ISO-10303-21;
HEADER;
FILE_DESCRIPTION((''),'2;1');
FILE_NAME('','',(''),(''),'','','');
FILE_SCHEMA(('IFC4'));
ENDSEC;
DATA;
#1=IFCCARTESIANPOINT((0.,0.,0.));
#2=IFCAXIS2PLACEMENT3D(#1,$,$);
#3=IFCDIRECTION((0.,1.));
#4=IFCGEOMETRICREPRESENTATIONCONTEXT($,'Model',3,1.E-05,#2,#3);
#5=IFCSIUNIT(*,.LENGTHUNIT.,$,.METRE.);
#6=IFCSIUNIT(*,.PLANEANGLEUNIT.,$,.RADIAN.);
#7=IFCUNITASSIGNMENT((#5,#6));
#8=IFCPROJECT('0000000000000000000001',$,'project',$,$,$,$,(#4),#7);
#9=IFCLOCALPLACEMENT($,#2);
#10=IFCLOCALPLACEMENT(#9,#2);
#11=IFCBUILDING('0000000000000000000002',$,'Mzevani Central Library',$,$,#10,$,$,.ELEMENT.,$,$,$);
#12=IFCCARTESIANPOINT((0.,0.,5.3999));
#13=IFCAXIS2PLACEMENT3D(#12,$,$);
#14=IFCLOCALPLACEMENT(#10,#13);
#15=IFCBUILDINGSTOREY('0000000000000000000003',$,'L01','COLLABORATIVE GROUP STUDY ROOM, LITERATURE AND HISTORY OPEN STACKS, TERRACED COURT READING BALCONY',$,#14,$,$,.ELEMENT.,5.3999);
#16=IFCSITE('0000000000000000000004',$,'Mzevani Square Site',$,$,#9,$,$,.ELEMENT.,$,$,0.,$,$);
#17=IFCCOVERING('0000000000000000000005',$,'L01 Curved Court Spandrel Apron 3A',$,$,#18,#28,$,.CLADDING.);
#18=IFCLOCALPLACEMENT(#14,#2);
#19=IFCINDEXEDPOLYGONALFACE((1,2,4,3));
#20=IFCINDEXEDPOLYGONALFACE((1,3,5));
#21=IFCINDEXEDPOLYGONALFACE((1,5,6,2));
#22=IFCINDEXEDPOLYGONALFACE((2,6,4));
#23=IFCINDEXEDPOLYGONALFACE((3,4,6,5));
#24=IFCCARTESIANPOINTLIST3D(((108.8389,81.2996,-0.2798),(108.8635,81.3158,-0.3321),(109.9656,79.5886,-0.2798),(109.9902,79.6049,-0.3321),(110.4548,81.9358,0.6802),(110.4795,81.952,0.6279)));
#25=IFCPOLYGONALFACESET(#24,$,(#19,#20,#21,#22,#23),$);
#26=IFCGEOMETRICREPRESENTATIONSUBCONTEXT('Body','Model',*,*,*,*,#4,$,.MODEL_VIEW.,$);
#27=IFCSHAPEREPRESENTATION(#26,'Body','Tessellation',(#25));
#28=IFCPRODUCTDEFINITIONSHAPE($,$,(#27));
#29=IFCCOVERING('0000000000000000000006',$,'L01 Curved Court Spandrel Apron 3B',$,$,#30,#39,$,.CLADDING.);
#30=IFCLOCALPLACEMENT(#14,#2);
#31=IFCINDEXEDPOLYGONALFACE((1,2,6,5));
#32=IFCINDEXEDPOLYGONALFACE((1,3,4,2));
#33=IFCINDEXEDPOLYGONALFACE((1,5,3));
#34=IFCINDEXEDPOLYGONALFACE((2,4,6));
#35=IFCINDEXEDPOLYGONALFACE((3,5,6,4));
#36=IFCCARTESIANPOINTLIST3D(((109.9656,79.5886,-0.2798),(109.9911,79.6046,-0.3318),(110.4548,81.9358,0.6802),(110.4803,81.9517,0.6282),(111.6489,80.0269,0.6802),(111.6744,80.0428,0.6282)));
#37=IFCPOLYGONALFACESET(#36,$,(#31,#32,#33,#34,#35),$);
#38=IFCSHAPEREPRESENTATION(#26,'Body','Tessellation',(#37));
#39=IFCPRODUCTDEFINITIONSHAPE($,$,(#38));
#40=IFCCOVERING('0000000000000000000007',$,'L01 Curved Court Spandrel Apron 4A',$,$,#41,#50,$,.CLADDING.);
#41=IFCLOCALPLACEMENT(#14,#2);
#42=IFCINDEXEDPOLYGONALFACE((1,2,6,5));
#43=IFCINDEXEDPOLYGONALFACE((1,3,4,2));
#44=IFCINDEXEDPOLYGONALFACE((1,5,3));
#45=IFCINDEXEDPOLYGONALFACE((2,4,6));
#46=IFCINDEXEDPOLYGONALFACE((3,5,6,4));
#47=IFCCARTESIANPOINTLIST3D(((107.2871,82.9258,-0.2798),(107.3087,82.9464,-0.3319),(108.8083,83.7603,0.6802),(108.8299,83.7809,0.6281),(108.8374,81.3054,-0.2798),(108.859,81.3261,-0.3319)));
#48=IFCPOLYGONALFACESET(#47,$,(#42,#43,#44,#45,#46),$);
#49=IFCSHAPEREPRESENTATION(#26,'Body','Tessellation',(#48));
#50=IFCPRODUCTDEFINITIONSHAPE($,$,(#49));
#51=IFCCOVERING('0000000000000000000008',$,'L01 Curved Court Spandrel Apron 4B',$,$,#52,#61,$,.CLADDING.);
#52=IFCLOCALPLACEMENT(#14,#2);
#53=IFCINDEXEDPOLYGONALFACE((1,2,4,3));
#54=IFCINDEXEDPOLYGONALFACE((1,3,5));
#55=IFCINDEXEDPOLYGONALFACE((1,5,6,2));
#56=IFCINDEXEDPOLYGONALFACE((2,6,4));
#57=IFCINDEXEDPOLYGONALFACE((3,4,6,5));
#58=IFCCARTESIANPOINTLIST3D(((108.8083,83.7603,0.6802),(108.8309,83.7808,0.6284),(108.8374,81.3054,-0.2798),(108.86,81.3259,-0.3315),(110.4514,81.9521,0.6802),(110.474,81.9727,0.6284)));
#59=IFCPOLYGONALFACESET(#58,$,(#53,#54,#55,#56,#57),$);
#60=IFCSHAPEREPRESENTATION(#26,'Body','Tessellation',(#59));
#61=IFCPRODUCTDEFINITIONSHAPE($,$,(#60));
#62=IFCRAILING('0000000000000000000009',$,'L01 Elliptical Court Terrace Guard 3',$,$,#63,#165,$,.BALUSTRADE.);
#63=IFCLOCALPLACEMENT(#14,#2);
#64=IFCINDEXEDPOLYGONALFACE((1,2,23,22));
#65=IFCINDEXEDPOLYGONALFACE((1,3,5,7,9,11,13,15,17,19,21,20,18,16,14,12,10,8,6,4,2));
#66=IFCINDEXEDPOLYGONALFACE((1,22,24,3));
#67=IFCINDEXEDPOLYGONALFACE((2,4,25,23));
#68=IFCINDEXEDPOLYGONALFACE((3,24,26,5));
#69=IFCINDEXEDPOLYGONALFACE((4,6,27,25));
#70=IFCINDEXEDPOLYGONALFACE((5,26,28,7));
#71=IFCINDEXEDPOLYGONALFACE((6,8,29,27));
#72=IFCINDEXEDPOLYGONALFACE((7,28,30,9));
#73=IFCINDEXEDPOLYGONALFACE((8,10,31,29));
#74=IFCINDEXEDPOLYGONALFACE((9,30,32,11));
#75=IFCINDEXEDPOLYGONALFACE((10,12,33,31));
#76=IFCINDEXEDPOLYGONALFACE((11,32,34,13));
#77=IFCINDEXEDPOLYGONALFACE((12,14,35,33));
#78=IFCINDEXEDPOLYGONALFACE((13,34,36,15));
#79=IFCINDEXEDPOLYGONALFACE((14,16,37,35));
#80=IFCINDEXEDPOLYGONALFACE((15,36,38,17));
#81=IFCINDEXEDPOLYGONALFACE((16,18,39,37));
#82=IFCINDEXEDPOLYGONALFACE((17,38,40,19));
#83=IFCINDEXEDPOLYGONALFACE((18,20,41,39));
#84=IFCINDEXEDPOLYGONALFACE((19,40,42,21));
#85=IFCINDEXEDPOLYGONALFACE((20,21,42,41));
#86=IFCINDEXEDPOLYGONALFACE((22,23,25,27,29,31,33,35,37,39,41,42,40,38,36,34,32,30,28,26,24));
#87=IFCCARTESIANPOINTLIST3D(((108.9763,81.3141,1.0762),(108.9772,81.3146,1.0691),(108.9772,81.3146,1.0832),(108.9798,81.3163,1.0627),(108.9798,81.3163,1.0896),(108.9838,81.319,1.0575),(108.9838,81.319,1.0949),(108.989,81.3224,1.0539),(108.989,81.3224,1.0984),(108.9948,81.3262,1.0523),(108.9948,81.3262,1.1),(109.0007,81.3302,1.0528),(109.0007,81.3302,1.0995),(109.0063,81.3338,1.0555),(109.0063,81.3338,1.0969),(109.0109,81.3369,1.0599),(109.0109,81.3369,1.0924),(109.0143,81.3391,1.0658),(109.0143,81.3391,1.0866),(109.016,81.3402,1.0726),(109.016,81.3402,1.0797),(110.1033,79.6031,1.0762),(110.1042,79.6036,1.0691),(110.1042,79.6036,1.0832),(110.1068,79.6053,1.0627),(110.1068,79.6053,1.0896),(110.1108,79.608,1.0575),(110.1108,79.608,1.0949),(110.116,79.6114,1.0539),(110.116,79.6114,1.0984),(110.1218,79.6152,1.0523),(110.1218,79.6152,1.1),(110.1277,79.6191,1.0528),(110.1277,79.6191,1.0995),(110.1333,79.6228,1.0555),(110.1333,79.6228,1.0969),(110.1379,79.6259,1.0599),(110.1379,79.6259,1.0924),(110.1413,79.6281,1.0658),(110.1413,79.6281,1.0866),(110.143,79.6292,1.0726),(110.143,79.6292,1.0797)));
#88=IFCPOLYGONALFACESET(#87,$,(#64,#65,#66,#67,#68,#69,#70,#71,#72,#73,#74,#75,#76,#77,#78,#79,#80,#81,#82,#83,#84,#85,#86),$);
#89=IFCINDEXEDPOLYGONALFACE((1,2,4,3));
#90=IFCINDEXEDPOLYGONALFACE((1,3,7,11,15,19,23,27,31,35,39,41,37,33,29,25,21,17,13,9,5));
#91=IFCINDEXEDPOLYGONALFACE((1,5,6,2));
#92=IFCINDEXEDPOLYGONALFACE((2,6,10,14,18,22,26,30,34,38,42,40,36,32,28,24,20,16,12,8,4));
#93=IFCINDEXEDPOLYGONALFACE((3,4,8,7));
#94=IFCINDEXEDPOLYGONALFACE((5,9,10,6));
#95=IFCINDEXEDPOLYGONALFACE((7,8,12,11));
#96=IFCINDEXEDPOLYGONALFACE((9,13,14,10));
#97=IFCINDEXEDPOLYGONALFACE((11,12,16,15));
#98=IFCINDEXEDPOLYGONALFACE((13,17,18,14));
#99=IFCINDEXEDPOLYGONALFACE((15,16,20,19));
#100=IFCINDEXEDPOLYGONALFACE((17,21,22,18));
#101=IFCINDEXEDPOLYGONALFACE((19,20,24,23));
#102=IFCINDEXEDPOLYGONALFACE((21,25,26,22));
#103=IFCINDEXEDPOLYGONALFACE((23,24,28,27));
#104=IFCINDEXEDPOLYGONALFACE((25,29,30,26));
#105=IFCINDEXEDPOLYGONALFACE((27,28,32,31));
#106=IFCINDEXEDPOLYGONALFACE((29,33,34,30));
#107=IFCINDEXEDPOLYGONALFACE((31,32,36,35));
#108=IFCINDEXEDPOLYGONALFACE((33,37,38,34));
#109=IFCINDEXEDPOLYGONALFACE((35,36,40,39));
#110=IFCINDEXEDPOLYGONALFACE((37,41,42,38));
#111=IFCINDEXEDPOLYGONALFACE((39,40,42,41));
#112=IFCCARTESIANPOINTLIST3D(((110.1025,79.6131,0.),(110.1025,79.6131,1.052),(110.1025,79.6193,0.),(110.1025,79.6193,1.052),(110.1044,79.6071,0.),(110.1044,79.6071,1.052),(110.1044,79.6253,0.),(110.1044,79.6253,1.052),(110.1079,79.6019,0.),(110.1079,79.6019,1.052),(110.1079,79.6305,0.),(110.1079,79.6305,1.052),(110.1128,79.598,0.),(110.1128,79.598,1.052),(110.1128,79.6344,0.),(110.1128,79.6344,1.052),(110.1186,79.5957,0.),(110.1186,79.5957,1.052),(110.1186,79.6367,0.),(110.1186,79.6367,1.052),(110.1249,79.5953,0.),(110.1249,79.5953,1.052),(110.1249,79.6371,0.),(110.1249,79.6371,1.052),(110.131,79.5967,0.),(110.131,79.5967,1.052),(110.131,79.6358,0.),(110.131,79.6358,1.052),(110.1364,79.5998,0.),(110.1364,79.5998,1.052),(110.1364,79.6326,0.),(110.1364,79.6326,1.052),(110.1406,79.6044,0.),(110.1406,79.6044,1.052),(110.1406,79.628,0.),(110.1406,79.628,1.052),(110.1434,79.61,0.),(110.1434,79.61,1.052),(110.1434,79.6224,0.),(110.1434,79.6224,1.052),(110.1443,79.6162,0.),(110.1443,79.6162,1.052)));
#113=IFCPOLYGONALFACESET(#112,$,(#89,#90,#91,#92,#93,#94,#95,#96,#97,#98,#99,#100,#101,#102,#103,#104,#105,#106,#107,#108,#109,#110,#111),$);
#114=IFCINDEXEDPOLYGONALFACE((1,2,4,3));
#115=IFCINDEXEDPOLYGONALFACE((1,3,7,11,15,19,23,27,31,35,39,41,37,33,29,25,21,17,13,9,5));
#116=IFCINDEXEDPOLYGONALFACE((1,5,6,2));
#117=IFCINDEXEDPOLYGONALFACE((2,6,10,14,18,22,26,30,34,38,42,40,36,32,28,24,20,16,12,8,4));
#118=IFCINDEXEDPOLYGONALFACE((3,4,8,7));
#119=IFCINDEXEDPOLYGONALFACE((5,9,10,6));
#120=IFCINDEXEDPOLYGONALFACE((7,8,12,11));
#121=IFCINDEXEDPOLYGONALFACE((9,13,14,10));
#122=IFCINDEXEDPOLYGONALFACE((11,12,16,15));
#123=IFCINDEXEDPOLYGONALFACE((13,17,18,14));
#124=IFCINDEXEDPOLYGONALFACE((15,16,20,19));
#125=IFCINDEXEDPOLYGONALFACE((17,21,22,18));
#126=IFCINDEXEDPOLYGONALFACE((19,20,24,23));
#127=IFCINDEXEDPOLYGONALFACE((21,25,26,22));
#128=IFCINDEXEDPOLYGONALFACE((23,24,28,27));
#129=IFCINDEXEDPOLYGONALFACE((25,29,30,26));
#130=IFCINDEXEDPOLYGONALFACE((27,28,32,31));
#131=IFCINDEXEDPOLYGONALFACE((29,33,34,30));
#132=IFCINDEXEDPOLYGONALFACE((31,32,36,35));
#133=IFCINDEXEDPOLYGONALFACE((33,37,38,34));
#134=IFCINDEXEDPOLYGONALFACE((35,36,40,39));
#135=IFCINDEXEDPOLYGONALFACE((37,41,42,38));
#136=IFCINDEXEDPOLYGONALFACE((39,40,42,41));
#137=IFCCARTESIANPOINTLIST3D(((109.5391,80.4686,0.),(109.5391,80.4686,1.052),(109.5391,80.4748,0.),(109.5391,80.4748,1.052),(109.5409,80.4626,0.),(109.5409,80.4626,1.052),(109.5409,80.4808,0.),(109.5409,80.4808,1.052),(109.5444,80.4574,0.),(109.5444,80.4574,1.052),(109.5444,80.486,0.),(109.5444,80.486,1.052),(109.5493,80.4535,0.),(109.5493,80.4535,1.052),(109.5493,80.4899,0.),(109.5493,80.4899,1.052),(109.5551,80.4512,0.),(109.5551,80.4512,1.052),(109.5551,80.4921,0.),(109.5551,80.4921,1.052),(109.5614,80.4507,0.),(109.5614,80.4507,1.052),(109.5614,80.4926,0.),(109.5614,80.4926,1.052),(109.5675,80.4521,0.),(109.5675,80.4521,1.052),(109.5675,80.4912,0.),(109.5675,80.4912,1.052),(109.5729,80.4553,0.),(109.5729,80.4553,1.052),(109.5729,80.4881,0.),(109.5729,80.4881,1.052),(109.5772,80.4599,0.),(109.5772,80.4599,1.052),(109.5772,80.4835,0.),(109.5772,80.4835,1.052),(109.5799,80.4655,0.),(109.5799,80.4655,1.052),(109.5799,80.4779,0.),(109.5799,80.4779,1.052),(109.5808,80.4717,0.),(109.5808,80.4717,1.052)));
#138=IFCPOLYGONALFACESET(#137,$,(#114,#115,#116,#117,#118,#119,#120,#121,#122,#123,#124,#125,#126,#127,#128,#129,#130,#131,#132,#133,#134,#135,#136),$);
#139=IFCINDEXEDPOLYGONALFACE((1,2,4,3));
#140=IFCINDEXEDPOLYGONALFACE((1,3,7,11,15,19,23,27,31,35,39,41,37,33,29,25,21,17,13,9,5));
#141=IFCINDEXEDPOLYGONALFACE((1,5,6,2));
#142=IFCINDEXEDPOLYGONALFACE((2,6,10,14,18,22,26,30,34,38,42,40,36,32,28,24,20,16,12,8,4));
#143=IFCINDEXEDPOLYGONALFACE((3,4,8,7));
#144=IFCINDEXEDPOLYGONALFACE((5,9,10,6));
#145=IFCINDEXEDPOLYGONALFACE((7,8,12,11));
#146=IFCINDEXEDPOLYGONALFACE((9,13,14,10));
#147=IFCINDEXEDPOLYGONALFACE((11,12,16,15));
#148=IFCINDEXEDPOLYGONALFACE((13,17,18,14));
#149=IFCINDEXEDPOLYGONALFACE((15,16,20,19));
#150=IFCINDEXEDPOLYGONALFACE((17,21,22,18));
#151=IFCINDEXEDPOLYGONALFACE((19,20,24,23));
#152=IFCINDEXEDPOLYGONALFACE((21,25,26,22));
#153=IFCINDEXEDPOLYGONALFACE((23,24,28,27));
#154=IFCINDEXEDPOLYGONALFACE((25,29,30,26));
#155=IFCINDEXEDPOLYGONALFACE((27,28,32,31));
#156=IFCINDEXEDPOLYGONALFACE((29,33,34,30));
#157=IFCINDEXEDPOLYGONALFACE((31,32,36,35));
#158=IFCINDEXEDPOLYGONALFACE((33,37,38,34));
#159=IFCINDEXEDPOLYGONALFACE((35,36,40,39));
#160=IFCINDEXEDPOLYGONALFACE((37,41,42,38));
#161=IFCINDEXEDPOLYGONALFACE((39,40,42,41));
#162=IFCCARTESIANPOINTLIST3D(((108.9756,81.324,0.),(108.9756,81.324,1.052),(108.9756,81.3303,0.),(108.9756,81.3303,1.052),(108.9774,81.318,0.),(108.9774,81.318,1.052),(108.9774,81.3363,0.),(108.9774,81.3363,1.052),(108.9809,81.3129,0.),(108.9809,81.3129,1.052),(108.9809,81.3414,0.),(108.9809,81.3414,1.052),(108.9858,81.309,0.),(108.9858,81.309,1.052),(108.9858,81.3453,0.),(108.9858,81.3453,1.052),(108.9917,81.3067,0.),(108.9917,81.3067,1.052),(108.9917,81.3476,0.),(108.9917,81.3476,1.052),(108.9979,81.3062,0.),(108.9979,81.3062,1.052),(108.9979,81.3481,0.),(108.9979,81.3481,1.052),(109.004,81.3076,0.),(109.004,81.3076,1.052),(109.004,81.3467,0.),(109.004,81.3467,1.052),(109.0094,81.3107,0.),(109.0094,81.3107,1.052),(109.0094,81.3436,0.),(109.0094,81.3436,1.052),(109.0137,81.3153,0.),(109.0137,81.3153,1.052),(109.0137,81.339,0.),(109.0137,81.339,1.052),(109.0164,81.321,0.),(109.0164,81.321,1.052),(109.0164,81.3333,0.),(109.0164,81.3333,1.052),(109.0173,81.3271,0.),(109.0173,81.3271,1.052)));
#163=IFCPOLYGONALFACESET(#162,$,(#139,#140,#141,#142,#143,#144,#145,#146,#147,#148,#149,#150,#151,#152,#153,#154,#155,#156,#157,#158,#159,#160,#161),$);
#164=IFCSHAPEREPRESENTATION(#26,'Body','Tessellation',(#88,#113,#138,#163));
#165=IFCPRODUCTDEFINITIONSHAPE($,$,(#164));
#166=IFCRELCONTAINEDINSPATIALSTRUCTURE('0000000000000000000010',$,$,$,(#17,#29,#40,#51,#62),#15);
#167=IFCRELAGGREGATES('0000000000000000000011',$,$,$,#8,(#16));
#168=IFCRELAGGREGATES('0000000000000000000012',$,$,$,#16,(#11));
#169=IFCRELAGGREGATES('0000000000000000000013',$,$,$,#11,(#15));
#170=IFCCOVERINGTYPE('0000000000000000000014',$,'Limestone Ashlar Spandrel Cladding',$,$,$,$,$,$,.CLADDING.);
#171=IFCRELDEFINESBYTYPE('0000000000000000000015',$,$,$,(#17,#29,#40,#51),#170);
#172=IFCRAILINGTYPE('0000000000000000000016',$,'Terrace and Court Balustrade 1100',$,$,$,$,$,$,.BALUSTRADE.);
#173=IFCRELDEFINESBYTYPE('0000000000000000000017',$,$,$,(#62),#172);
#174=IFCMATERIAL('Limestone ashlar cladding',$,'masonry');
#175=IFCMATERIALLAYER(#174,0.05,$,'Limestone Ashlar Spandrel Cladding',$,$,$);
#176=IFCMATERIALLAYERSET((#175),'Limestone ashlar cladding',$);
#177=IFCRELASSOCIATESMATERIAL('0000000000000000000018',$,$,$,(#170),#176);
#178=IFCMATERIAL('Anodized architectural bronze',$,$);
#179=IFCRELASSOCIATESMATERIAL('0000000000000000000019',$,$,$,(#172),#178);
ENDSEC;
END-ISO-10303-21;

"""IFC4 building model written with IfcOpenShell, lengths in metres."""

from ifc_helpers import new_model, si_unit, direction, frame, origin, origin_2d, place, context, subcontext, project, spatial, polyline, circle, outline, extrude, material, layer, layer_set, type_object, element, save


model = new_model("IFC4")

# Units and contexts
model_context = context("Model", 3, precision=1e-05, world=origin(), true_north=direction((0.0, 1.0)))
body_context = subcontext(model_context, "Body", "Model", "MODEL_VIEW")
ifc_project = project(units=[si_unit("LENGTHUNIT", "METRE"), si_unit("PLANEANGLEUNIT", "RADIAN")], contexts=[model_context])

# Site, building, storey
site_placement = place(None, origin())
site = spatial("IfcSite", under=ifc_project, at=site_placement, Name="Mzevani Square Site", CompositionType="ELEMENT", RefElevation=0.0)
building_placement = place(site_placement, origin())
building = spatial("IfcBuilding", under=site, at=building_placement, Name="Mzevani Central Library", CompositionType="ELEMENT")
storey_placement = place(building_placement, frame((0.0, 0.0, 5.3999)))
storey = spatial("IfcBuildingStorey", under=building, at=storey_placement, Name="L01", Description="COLLABORATIVE GROUP STUDY ROOM, LITERATURE AND HISTORY OPEN STACKS, TERRACED COURT READING BALCONY", CompositionType="ELEMENT", Elevation=5.3999)

# Coverings
ifc_material_1 = material(Name="Limestone ashlar cladding", Category="masonry")
ifc_layer_1 = layer(ifc_material_1, 0.05, Name="Limestone Ashlar Spandrel Cladding")
ifc_layer_set_1 = layer_set([ifc_layer_1], Name="Limestone ashlar cladding")
covering_type = type_object("IfcCoveringType", Name="Limestone Ashlar Spandrel Cladding", PredefinedType="CLADDING", material=ifc_layer_set_1)
covering_1_placement = place(storey_placement, frame((109.9656, 79.5886, -0.2798), z_axis=(-0.410744, -0.270489, 0.870704), x_axis=(-0.549989, 0.835172, 0.0)))
element("IfcCovering", 1, at=covering_1_placement, inside=storey, type_object=covering_type, Name="L01 Curved Court Spandrel Apron 3A", PredefinedType="CLADDING", context=body_context, shape_type="SweptSolid", body=[
    extrude(outline(polyline([(0.0, 0.0), (2.0486, 0.0), (1.6912, -1.9519), (0.0, 0.0)])), origin(), (0.0, 0.0, -1.0), 0.0601),
])
covering_2_placement = place(storey_placement, frame((109.9656, 79.5886, -0.2798), z_axis=(-0.424503, -0.265538, 0.865613), x_axis=(0.18944, 0.908821, 0.371696)))
element("IfcCovering", 2, at=covering_2_placement, inside=storey, type_object=covering_type, Name="L01 Curved Court Spandrel Apron 3B", PredefinedType="CLADDING", context=body_context, shape_type="SweptSolid", body=[
    extrude(outline(polyline([(0.0, 0.0), (2.5827, 0.0), (1.074, -1.6715), (0.0, 0.0)])), origin(), (0.0, 0.0, -1.0), 0.0601),
])
covering_3_placement = place(storey_placement, frame((108.8374, 81.3054, -0.2798), z_axis=(-0.359112, -0.343583, 0.86775), x_axis=(-0.691312, 0.722557, 0.0)))
element("IfcCovering", 3, at=covering_3_placement, inside=storey, type_object=covering_type, Name="L01 Curved Court Spandrel Apron 4A", PredefinedType="CLADDING", context=body_context, shape_type="SweptSolid", body=[
    extrude(outline(polyline([(0.0, 0.0), (2.2425, 0.0), (1.7938, -1.9315), (0.0, 0.0)])), origin(), (0.0, 0.0, -1.0), 0.0601),
])
covering_4_placement = place(storey_placement, frame((108.8374, 81.3054, -0.2798), z_axis=(-0.375661, -0.341372, 0.861594), x_axis=(-0.011021, 0.931267, 0.364171)))
element("IfcCovering", 4, at=covering_4_placement, inside=storey, type_object=covering_type, Name="L01 Curved Court Spandrel Apron 4B", PredefinedType="CLADDING", context=body_context, shape_type="SweptSolid", body=[
    extrude(outline(polyline([(0.0, 0.0), (2.636, 0.0), (0.9341, -1.7528), (0.0, 0.0)])), origin(), (0.0, 0.0, -1.0), 0.0601),
])

# Railing
ifc_material_2 = material(Name="Anodized architectural bronze")
railing_type = type_object("IfcRailingType", Name="Terrace and Court Balustrade 1100", PredefinedType="BALUSTRADE", material=ifc_material_2)
railing_1_placement = place(storey_placement, frame((110.1233, 79.6162, 0.0)))
element("IfcRailing", 5, at=railing_1_placement, inside=storey, type_object=railing_type, Name="L01 Elliptical Court Terrace Guard 3", PredefinedType="BALUSTRADE", context=body_context, shape_type="SweptSolid", body=[
    extrude(circle(Radius=0.0239, at=origin_2d()), frame((0.0, 0.0, 1.0762), z_axis=(-0.550072, 0.835117, 0.0), x_axis=(-0.835117, -0.550072, 0.0)), (0.0, 0.0, 1.0), 2.0488),
    extrude(circle(Radius=0.021, at=origin_2d()), origin(), (0.0, 0.0, 1.0), 1.052),
    extrude(circle(Radius=0.021, at=origin_2d()), frame((-0.5635, 0.8555, 0.0)), (0.0, 0.0, 1.0), 1.052),
    extrude(circle(Radius=0.021, at=origin_2d()), frame((-1.127, 1.7109, 0.0)), (0.0, 0.0, 1.0), 1.052),
])

save(model, "model.ifc")
